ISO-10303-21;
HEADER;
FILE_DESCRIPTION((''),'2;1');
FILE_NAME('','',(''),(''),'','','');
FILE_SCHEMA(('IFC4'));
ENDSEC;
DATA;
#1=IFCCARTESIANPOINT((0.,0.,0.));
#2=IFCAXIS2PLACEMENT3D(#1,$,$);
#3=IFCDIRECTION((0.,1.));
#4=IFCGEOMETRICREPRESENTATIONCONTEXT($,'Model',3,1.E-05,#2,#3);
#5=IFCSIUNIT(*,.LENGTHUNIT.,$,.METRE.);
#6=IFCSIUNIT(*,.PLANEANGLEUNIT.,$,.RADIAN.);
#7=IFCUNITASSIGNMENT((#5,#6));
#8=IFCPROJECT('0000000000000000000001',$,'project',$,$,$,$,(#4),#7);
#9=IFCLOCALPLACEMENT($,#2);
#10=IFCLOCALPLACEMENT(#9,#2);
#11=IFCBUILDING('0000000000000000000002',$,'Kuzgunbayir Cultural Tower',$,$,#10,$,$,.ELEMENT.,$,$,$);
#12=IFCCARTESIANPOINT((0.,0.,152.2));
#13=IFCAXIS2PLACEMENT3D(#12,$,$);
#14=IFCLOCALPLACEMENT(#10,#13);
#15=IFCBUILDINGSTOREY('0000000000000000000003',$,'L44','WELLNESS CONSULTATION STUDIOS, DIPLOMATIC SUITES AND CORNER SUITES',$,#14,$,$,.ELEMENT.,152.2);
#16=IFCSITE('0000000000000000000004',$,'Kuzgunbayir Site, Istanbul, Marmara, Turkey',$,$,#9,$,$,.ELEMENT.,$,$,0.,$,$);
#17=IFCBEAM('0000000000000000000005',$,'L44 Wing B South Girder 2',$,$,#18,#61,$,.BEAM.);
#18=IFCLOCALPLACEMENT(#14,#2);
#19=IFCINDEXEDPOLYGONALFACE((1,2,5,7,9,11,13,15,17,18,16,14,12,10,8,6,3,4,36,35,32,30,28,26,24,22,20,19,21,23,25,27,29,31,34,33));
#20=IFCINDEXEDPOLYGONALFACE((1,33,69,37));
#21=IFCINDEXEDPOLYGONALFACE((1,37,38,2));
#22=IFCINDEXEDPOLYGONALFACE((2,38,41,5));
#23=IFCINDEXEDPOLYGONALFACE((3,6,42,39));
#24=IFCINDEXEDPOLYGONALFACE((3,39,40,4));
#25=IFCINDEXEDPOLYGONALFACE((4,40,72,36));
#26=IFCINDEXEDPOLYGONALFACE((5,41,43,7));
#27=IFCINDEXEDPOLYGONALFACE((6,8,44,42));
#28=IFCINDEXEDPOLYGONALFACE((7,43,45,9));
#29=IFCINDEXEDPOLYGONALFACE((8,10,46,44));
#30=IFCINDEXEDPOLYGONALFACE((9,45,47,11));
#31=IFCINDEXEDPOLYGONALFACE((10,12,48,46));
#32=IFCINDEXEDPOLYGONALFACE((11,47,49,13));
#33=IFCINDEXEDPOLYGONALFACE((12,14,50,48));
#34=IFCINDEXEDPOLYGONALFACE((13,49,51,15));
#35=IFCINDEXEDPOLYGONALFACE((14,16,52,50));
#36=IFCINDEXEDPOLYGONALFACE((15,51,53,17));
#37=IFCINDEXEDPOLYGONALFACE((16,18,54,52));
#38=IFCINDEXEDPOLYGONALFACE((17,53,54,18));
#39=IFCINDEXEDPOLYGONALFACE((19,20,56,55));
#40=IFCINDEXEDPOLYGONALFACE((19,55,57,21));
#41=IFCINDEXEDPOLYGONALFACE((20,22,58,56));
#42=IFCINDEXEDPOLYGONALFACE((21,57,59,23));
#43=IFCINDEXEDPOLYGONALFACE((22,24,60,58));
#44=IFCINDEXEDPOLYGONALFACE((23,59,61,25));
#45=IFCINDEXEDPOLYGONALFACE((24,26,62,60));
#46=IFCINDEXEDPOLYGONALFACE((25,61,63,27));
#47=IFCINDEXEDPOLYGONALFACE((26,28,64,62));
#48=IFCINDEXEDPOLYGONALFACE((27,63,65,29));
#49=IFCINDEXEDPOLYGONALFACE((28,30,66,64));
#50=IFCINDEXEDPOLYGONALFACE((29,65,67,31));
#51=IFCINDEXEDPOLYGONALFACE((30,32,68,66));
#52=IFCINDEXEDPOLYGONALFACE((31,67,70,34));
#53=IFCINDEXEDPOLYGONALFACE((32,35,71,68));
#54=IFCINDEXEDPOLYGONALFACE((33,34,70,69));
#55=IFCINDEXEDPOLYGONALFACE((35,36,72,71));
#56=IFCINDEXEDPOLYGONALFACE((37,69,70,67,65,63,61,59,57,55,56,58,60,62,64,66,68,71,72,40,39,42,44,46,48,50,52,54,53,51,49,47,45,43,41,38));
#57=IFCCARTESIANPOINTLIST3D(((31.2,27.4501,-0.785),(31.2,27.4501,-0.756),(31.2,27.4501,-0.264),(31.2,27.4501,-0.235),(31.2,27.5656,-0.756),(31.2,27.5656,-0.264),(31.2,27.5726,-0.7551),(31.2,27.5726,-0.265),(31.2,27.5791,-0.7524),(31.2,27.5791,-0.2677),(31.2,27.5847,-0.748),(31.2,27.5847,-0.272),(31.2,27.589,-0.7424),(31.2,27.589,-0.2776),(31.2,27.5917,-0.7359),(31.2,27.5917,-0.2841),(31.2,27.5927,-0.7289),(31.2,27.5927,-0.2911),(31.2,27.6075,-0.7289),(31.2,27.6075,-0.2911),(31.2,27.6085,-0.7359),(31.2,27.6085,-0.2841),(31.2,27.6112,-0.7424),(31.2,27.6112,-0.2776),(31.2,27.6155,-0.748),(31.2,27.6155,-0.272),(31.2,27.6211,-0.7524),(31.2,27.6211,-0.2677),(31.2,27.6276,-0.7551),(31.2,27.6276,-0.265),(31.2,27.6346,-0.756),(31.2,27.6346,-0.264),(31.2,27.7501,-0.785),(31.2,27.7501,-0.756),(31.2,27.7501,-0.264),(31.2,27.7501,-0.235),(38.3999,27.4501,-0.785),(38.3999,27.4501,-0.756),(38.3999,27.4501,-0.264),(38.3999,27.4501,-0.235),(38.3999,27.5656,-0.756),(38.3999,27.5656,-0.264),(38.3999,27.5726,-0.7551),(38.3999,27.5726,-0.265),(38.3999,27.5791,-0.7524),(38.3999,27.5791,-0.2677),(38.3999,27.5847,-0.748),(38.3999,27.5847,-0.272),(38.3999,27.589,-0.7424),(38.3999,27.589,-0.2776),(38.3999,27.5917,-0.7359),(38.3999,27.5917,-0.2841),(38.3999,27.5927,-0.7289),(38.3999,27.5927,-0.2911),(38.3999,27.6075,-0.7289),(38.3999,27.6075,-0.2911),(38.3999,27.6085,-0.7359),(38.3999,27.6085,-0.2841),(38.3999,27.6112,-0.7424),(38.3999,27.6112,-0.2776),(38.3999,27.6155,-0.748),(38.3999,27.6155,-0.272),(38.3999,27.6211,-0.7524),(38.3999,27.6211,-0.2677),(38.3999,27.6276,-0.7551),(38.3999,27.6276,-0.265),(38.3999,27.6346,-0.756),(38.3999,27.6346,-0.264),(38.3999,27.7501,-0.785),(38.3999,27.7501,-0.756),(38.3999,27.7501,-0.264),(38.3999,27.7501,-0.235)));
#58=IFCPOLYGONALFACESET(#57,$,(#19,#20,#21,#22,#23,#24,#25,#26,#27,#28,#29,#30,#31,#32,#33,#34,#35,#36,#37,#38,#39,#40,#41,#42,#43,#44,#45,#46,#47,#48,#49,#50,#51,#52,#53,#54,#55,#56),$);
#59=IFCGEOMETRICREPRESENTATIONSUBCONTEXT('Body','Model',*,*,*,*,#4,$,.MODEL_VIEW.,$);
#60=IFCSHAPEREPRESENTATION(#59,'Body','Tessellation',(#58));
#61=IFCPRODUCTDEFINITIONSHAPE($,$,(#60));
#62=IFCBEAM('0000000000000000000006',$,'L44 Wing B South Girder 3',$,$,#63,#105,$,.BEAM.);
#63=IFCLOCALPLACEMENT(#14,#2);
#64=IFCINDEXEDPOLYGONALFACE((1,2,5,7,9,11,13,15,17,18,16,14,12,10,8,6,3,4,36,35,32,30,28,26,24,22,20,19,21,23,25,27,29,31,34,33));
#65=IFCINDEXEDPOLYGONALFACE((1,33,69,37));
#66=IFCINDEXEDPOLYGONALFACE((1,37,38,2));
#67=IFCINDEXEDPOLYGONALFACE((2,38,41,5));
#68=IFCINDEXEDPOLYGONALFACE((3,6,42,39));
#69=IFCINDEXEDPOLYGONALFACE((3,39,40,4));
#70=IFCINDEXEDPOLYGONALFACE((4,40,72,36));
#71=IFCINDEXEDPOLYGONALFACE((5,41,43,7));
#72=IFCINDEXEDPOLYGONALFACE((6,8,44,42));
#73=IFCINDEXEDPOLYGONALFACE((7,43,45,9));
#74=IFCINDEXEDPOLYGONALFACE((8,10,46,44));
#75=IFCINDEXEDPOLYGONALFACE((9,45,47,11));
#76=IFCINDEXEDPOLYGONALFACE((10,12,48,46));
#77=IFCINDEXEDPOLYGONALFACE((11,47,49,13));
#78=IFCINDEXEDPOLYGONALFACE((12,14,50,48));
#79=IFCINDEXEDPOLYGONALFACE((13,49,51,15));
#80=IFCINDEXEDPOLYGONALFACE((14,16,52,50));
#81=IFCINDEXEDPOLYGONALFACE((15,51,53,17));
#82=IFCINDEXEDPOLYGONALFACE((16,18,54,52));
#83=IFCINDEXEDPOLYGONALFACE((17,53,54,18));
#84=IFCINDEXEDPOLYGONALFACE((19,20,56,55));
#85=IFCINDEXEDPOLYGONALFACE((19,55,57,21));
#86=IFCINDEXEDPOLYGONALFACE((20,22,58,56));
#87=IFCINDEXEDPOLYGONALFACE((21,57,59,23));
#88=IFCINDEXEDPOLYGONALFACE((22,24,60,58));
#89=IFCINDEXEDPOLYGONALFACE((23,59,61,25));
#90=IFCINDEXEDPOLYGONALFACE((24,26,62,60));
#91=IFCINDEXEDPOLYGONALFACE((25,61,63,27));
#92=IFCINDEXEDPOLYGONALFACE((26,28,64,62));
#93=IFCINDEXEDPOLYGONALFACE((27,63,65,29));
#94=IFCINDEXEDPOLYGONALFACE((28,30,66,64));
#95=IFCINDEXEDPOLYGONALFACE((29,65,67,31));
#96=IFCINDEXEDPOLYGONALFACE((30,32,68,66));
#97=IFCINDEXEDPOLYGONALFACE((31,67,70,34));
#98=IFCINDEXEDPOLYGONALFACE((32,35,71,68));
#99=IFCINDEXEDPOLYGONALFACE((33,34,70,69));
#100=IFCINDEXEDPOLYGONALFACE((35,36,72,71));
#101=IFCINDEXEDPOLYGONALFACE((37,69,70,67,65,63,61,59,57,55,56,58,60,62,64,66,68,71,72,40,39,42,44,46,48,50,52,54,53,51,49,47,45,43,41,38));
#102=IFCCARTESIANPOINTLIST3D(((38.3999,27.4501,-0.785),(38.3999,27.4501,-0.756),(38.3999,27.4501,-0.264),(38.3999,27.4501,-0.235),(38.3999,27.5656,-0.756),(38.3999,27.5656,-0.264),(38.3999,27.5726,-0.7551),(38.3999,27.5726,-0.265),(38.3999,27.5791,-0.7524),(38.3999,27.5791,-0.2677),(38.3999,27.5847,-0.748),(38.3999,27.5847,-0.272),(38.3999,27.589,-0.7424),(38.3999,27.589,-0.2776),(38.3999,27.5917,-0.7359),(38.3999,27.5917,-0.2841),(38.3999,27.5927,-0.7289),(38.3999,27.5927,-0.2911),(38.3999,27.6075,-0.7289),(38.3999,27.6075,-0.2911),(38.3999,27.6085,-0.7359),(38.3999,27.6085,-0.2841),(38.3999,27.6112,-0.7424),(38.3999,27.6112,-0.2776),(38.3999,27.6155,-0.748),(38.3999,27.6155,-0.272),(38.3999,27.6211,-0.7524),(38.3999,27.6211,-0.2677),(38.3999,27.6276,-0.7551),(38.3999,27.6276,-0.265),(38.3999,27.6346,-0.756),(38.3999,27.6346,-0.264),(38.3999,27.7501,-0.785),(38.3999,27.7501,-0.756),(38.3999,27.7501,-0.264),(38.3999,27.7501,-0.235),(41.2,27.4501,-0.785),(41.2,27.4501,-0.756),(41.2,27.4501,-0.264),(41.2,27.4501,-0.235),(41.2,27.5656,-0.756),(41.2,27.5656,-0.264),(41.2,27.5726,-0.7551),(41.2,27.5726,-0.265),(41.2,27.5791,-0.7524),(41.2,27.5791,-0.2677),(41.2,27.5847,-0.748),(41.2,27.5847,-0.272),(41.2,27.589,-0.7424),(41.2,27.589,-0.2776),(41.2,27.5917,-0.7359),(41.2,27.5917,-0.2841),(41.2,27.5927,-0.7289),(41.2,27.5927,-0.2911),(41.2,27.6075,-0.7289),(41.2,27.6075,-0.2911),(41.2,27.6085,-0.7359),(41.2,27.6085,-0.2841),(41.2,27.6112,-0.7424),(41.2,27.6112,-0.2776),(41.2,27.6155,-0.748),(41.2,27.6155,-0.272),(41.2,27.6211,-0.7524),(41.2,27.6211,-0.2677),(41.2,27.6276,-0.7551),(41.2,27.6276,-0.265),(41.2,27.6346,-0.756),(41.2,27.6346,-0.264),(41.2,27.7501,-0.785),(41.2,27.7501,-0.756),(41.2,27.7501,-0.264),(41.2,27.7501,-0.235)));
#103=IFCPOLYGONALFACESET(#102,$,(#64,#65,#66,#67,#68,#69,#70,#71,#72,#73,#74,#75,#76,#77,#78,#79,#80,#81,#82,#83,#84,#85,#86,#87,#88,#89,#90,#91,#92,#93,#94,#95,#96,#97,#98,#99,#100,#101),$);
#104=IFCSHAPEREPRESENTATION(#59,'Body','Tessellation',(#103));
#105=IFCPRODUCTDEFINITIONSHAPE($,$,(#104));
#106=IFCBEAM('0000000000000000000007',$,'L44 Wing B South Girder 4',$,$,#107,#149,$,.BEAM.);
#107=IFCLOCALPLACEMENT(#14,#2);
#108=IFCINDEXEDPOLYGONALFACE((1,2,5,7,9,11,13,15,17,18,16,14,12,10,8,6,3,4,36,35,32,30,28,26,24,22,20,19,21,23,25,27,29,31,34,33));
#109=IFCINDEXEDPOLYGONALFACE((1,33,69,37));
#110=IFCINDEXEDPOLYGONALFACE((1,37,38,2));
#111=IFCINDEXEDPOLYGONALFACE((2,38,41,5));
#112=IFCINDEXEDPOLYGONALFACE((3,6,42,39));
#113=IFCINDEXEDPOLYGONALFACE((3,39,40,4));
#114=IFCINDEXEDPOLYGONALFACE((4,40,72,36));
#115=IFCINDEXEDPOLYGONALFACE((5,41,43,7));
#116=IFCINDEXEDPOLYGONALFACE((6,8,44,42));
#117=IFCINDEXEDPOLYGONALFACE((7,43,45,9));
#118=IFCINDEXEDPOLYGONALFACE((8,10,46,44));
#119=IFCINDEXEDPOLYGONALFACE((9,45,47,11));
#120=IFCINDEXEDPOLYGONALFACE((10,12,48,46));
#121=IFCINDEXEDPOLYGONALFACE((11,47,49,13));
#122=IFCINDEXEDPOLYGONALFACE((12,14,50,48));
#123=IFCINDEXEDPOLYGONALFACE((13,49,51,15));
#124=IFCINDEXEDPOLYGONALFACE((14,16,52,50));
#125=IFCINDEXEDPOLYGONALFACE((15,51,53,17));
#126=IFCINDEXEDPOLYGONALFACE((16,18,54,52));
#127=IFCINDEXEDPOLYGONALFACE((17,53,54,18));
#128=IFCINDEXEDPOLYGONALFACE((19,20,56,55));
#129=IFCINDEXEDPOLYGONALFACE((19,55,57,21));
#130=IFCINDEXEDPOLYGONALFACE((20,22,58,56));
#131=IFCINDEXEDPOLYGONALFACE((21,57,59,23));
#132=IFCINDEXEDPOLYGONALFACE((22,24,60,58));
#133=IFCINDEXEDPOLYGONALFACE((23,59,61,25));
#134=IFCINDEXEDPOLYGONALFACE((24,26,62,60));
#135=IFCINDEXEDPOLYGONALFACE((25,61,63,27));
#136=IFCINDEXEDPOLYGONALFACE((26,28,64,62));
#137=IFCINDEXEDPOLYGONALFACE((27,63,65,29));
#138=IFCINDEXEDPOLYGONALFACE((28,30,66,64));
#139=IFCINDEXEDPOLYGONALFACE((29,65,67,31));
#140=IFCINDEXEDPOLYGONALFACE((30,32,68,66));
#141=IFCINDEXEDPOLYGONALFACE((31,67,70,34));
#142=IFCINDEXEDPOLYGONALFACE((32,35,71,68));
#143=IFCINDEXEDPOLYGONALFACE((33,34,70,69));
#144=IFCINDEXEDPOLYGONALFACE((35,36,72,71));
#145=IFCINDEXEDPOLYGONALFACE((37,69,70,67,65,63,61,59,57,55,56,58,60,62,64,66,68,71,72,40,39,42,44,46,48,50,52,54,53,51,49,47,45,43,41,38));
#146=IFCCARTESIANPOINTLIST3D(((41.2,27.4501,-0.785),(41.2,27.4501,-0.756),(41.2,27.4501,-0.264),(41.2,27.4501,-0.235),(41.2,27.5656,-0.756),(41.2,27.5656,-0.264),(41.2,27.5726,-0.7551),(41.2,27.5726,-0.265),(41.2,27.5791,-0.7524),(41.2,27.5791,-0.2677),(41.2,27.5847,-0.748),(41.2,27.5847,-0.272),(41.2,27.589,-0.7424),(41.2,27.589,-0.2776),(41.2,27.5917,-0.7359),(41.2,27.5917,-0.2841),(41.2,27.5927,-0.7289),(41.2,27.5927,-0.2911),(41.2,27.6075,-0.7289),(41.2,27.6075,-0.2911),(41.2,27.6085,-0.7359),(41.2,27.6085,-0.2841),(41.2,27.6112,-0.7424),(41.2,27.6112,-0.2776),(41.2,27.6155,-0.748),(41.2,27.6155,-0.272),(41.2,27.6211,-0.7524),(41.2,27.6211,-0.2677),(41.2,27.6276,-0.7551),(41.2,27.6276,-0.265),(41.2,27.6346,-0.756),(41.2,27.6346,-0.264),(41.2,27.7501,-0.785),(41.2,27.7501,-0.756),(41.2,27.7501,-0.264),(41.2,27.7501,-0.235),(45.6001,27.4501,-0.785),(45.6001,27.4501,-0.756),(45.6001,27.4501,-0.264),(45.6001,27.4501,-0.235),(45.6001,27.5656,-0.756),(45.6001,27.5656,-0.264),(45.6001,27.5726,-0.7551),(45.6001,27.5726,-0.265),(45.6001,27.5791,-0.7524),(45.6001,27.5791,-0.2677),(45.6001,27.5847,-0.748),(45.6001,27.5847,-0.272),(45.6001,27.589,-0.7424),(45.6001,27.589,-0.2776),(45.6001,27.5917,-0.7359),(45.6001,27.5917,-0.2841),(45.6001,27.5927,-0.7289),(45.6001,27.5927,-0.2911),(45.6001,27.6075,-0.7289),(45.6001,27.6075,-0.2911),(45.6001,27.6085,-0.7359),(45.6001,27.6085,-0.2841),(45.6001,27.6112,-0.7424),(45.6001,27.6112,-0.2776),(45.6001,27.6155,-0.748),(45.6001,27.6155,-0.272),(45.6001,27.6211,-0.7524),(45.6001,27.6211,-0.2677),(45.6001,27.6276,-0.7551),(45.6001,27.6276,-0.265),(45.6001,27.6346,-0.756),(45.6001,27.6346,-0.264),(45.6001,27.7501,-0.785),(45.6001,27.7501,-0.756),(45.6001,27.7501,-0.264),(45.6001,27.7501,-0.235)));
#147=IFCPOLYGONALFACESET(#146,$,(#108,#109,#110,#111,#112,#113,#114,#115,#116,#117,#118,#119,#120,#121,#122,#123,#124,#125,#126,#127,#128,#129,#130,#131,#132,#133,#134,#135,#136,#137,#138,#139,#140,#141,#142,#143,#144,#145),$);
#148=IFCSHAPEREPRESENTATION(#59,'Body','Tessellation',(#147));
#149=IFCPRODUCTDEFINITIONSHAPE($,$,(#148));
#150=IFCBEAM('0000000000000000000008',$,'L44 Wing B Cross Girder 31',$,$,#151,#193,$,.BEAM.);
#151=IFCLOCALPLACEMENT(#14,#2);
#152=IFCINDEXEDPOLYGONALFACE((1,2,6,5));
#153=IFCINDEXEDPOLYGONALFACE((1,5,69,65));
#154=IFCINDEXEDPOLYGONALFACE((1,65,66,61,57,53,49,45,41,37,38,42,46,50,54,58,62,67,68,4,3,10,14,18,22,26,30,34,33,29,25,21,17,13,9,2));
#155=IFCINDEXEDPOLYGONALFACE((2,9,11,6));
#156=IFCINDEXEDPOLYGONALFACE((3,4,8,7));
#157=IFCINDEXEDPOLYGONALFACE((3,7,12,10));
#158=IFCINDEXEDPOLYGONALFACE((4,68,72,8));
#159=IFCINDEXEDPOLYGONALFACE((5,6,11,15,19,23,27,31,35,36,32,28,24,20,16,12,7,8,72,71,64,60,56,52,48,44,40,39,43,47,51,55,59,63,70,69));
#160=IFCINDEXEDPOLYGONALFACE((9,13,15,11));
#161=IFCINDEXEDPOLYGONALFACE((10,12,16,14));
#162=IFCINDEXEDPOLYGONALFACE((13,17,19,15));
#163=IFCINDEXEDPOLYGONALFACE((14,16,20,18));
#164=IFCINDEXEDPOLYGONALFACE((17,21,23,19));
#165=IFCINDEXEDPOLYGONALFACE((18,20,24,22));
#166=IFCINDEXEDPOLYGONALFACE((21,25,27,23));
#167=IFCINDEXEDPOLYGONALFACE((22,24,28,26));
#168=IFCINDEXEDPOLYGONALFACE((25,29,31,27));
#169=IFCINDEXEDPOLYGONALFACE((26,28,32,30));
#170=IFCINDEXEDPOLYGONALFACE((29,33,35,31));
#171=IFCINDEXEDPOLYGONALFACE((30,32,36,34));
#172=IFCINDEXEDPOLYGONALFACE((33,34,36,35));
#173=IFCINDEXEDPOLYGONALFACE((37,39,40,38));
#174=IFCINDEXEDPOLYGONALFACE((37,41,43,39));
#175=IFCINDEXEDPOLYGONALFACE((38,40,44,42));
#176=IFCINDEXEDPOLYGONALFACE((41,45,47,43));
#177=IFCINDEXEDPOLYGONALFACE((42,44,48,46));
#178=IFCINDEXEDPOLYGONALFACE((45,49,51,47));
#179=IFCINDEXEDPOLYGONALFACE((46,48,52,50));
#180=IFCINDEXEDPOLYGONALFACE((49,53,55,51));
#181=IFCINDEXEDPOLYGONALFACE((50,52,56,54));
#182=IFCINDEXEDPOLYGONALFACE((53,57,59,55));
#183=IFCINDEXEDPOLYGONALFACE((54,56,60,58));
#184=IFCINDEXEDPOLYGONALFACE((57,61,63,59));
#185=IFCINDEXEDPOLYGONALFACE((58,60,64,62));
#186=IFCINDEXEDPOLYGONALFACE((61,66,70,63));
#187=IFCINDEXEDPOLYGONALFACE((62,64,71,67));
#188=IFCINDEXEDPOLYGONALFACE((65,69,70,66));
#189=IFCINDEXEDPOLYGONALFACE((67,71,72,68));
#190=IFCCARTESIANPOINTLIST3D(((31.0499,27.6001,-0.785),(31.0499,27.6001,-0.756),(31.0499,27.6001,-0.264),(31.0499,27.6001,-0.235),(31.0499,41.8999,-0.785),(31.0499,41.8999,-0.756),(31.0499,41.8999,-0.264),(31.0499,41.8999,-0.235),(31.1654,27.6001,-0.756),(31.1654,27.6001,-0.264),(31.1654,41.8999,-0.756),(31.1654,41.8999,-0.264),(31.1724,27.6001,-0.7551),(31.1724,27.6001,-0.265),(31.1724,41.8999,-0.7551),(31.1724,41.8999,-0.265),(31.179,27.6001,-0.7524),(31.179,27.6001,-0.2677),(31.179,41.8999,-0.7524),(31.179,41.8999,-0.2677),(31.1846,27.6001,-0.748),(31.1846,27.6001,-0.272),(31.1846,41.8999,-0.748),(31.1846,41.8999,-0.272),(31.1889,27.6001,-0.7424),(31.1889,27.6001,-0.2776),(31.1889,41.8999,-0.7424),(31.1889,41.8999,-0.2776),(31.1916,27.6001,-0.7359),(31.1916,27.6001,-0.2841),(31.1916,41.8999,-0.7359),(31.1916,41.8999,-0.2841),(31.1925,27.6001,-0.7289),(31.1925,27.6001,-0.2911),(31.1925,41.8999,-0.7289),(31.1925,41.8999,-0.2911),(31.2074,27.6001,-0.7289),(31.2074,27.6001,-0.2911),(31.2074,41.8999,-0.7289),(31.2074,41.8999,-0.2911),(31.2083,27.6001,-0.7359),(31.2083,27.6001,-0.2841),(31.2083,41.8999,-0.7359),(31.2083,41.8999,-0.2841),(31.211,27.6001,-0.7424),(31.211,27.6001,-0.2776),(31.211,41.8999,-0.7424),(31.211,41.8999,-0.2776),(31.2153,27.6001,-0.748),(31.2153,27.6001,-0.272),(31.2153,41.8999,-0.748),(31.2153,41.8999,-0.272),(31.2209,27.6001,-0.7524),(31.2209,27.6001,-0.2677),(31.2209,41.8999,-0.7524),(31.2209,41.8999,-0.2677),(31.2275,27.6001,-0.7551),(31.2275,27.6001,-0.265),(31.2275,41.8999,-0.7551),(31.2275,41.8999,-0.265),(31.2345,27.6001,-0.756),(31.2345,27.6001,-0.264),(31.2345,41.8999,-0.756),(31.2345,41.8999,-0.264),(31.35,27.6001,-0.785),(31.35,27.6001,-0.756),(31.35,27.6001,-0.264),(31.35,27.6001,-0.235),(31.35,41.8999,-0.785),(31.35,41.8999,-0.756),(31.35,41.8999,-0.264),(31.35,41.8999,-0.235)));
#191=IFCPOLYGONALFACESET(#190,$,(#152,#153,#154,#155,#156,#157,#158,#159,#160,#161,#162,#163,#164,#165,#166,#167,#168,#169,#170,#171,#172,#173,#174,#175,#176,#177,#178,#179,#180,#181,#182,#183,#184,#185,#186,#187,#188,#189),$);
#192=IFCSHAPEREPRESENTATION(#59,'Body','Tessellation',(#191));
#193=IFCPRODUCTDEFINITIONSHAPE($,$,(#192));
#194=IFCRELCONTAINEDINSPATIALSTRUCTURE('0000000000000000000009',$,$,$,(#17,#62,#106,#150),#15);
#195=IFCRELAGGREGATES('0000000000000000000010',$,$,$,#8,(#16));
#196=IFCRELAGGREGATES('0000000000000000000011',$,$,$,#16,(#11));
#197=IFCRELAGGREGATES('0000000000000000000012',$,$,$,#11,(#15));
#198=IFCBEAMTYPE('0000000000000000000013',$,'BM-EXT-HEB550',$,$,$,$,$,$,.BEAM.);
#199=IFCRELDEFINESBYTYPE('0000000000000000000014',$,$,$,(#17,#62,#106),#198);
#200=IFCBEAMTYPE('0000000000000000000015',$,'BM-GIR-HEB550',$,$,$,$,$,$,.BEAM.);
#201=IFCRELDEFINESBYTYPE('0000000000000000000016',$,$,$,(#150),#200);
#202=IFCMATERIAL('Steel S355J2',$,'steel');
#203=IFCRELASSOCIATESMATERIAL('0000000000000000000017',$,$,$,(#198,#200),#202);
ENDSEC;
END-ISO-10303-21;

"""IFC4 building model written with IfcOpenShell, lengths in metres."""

from ifc_helpers import new_model, si_unit, direction, frame, origin, origin_2d, place, context, subcontext, project, spatial, i_section, extrude, material, material_profile, profile_set, type_object, element, save


model = new_model("IFC4")

# Units and contexts
model_context = context("Model", 3, precision=1e-05, world=origin(), true_north=direction((0.0, 1.0)))
body_context = subcontext(model_context, "Body", "Model", "MODEL_VIEW")
ifc_project = project(units=[si_unit("LENGTHUNIT", "METRE"), si_unit("PLANEANGLEUNIT", "RADIAN")], contexts=[model_context])

# Site, building, storey
site_placement = place(None, origin())
site = spatial("IfcSite", under=ifc_project, at=site_placement, Name="Kuzgunbayir Site, Istanbul, Marmara, Turkey", CompositionType="ELEMENT", RefElevation=0.0)
building_placement = place(site_placement, origin())
building = spatial("IfcBuilding", under=site, at=building_placement, Name="Kuzgunbayir Cultural Tower", CompositionType="ELEMENT")
storey_placement = place(building_placement, frame((0.0, 0.0, 152.2)))
storey = spatial("IfcBuildingStorey", under=building, at=storey_placement, Name="L44", Description="WELLNESS CONSULTATION STUDIOS, DIPLOMATIC SUITES AND CORNER SUITES", CompositionType="ELEMENT", Elevation=152.2)

# Beams
ifc_material_1 = material(Name="Steel S355J2", Category="steel")
ifc_material_profile_1 = material_profile(ifc_material_1, i_section(OverallWidth=0.3, OverallDepth=0.55, WebThickness=0.0149, FlangeThickness=0.0291, FilletRadius=0.0271, at=origin_2d()), Name="HEB 550")
ifc_profile_set_1 = profile_set([ifc_material_profile_1], Name="Steel S355J2")
beam_type_1 = type_object("IfcBeamType", Name="BM-EXT-HEB550", PredefinedType="BEAM", material=ifc_profile_set_1)
beam_1_placement = place(storey_placement, frame((31.2, 27.6001, -0.51), z_axis=(1.0, 0.0, 0.0), x_axis=(0.0, 1.0, 0.0)))
element("IfcBeam", 1, at=beam_1_placement, inside=storey, type_object=beam_type_1, Name="L44 Wing B South Girder 2", PredefinedType="BEAM", context=body_context, shape_type="SweptSolid", body=[
    extrude(i_section(OverallWidth=0.3, OverallDepth=0.55, WebThickness=0.0149, FlangeThickness=0.0291, FilletRadius=0.0271, at=origin_2d()), origin(), (0.0, 0.0, 1.0), 7.2),
])
beam_2_placement = place(storey_placement, frame((38.3999, 27.6001, -0.51), z_axis=(1.0, 0.0, 0.0), x_axis=(0.0, 1.0, 0.0)))
element("IfcBeam", 2, at=beam_2_placement, inside=storey, type_object=beam_type_1, Name="L44 Wing B South Girder 3", PredefinedType="BEAM", context=body_context, shape_type="SweptSolid", body=[
    extrude(i_section(OverallWidth=0.3, OverallDepth=0.55, WebThickness=0.0149, FlangeThickness=0.0291, FilletRadius=0.0271, at=origin_2d()), origin(), (0.0, 0.0, 1.0), 2.8),
])
beam_3_placement = place(storey_placement, frame((41.2, 27.6001, -0.51), z_axis=(1.0, 0.0, 0.0), x_axis=(0.0, 1.0, 0.0)))
element("IfcBeam", 3, at=beam_3_placement, inside=storey, type_object=beam_type_1, Name="L44 Wing B South Girder 4", PredefinedType="BEAM", context=body_context, shape_type="SweptSolid", body=[
    extrude(i_section(OverallWidth=0.3, OverallDepth=0.55, WebThickness=0.0149, FlangeThickness=0.0291, FilletRadius=0.0271, at=origin_2d()), origin(), (0.0, 0.0, 1.0), 4.4001),
])
ifc_material_profile_2 = material_profile(ifc_material_1, i_section(OverallWidth=0.3, OverallDepth=0.55, WebThickness=0.0149, FlangeThickness=0.0291, FilletRadius=0.0271, at=origin_2d()), Name="HEB 550")
ifc_profile_set_2 = profile_set([ifc_material_profile_2], Name="Steel S355J2")
beam_type_2 = type_object("IfcBeamType", Name="BM-GIR-HEB550", PredefinedType="BEAM", material=ifc_profile_set_2)
beam_4_placement = place(storey_placement, frame((31.2, 27.6001, -0.51), z_axis=(0.0, 1.0, 0.0), x_axis=(-1.0, 0.0, 0.0)))
element("IfcBeam", 4, at=beam_4_placement, inside=storey, type_object=beam_type_2, Name="L44 Wing B Cross Girder 31", PredefinedType="BEAM", context=body_context, shape_type="SweptSolid", body=[
    extrude(i_section(OverallWidth=0.3, OverallDepth=0.55, WebThickness=0.0149, FlangeThickness=0.0291, FilletRadius=0.0271, at=origin_2d()), origin(), (0.0, 0.0, 1.0), 14.2998),
])

save(model, "model.ifc")
